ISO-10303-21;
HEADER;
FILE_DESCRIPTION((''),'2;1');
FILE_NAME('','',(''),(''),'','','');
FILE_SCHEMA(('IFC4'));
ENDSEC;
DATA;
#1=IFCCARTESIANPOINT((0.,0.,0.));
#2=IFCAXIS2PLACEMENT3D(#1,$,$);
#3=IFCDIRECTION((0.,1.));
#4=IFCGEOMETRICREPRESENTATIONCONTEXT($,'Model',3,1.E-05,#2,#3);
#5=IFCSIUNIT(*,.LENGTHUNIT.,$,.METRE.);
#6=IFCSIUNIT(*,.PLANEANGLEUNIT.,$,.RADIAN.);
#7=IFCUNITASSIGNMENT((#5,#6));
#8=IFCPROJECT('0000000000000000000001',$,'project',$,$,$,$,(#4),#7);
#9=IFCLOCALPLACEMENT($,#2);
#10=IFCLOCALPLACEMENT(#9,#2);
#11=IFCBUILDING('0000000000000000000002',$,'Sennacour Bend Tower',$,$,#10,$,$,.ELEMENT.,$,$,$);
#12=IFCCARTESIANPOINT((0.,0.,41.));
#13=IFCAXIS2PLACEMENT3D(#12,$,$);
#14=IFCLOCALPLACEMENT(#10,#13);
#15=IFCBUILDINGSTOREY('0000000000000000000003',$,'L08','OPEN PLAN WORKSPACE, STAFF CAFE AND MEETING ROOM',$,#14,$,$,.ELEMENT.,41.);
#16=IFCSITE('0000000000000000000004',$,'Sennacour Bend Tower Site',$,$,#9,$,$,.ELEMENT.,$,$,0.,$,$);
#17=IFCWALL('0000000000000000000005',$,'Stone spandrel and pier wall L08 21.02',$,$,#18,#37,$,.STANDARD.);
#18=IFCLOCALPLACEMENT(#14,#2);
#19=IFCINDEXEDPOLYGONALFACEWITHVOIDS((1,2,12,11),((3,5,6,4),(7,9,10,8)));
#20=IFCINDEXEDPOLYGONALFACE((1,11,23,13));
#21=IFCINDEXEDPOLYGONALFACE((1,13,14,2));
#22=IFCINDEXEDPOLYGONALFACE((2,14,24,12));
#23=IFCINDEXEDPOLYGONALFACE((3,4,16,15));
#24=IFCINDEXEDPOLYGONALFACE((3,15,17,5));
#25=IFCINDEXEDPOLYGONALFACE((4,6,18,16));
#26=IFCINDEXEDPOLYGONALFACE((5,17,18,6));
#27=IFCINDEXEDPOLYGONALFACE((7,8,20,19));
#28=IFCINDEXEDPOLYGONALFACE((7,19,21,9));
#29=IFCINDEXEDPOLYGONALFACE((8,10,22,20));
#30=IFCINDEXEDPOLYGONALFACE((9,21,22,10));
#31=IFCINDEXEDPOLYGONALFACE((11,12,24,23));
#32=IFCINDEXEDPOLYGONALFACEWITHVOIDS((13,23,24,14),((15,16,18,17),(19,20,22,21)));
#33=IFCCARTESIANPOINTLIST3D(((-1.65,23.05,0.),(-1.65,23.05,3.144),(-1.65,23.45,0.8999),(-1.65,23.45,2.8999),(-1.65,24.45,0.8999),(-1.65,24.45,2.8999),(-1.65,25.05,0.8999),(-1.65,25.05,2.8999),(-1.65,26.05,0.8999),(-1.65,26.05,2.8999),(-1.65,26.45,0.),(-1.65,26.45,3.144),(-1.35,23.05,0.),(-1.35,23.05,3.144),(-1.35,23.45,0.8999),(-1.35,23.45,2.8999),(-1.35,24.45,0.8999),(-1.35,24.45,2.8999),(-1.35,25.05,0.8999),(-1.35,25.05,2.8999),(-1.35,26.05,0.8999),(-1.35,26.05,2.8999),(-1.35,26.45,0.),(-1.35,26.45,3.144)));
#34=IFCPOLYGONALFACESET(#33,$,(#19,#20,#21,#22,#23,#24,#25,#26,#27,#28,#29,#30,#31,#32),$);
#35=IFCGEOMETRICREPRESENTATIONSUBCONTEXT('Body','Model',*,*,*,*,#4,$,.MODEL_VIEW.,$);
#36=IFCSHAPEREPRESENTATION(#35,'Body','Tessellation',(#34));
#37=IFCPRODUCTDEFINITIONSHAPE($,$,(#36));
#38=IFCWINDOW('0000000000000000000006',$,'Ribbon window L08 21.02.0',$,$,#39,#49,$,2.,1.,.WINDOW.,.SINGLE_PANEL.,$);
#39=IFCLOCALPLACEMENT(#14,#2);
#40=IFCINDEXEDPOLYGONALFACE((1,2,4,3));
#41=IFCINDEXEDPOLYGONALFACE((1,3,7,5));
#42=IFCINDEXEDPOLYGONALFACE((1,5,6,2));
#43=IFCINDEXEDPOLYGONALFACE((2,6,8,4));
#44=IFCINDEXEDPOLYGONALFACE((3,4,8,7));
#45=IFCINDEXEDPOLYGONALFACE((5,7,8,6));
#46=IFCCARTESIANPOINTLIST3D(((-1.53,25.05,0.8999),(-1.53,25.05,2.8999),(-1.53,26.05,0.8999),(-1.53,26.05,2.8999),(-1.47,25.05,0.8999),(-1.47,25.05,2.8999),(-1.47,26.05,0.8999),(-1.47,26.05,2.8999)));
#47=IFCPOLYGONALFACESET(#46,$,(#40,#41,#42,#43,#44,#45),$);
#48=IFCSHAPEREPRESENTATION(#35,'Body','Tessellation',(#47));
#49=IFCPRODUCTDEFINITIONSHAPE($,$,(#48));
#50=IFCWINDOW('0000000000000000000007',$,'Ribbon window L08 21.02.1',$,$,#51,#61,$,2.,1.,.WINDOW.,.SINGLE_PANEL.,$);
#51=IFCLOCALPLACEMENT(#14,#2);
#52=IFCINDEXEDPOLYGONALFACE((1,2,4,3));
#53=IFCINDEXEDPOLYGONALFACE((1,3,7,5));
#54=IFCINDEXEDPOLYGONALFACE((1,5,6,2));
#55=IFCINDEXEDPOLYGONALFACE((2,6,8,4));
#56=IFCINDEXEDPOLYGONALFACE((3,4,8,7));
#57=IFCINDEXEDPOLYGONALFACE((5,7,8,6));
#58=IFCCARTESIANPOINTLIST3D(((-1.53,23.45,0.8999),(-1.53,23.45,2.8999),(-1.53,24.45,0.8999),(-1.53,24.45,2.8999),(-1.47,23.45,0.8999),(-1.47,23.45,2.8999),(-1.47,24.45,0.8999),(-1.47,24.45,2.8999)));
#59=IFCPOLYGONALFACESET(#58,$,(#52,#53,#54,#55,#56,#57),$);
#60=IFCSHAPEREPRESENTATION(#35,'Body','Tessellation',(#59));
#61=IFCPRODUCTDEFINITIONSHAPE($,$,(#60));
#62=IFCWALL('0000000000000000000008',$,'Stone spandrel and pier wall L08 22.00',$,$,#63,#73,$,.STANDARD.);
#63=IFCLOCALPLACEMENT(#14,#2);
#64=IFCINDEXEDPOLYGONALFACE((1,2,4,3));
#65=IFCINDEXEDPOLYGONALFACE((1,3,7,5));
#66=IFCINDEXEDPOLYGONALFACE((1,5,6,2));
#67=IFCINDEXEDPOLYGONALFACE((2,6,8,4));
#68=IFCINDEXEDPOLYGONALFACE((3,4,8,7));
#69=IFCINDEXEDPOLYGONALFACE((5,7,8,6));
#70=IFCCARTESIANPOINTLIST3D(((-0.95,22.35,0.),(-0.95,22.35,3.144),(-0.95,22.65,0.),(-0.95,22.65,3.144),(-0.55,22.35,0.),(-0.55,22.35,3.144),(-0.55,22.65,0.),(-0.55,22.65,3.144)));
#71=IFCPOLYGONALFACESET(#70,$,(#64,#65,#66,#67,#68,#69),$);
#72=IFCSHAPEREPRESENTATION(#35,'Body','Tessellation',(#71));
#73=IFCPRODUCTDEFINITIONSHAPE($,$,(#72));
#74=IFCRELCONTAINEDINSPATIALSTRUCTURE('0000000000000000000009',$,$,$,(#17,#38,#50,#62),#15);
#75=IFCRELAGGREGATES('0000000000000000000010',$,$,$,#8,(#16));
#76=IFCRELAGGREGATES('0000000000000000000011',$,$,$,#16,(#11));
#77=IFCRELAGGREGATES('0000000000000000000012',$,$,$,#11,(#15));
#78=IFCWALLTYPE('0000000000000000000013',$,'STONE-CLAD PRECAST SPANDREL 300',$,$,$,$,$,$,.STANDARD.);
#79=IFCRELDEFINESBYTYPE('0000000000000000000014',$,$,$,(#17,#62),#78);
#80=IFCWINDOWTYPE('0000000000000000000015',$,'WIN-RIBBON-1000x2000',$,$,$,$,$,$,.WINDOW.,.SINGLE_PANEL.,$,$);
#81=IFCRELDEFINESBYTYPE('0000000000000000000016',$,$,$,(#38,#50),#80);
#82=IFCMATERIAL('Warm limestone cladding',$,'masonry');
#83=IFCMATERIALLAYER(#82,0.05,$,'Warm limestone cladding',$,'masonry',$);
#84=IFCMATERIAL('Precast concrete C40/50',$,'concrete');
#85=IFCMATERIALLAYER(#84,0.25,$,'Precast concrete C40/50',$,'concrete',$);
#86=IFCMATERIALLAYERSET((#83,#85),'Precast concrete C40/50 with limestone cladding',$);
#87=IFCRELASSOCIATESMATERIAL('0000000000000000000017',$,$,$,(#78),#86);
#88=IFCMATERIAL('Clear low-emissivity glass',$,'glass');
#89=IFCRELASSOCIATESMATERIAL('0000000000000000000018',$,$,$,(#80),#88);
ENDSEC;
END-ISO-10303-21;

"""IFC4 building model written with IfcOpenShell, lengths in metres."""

from ifc_helpers import new_model, si_unit, direction, frame, frame_2d, origin, place, context, subcontext, project, spatial, rectangle, extrude, material, layer, layer_set, type_object, element, fill, save


model = new_model("IFC4")

# Units and contexts
model_context = context("Model", 3, precision=1e-05, world=origin(), true_north=direction((0.0, 1.0)))
body_context = subcontext(model_context, "Body", "Model", "MODEL_VIEW")
ifc_project = project(units=[si_unit("LENGTHUNIT", "METRE"), si_unit("PLANEANGLEUNIT", "RADIAN")], contexts=[model_context])

# Site, building, storey
site_placement = place(None, origin())
site = spatial("IfcSite", under=ifc_project, at=site_placement, Name="Sennacour Bend Tower Site", CompositionType="ELEMENT", RefElevation=0.0)
building_placement = place(site_placement, origin())
building = spatial("IfcBuilding", under=site, at=building_placement, Name="Sennacour Bend Tower", CompositionType="ELEMENT")
storey_placement = place(building_placement, frame((0.0, 0.0, 41.0)))
storey = spatial("IfcBuildingStorey", under=building, at=storey_placement, Name="L08", Description="OPEN PLAN WORKSPACE, STAFF CAFE AND MEETING ROOM", CompositionType="ELEMENT", Elevation=41.0)

# Wall, openings, windows
ifc_material_1 = material(Name="Warm limestone cladding", Category="masonry")
ifc_layer_1 = layer(ifc_material_1, 0.05, Name="Warm limestone cladding", Category="masonry")
ifc_material_2 = material(Name="Precast concrete C40/50", Category="concrete")
ifc_layer_2 = layer(ifc_material_2, 0.25, Name="Precast concrete C40/50", Category="concrete")
ifc_layer_set_1 = layer_set([ifc_layer_1, ifc_layer_2], Name="Precast concrete C40/50 with limestone cladding")
wall_type_1 = type_object("IfcWallType", Name="STONE-CLAD PRECAST SPANDREL 300", PredefinedType="STANDARD", material=ifc_layer_set_1)
wall_1_placement = place(storey_placement, frame((-1.5, 26.45, 0.0), z_axis=(0.0, 0.0, 1.0), x_axis=(0.0, -1.0, 0.0)))
wall_1 = element("IfcWall", 1, at=wall_1_placement, inside=storey, type_object=wall_type_1, Name="Stone spandrel and pier wall L08 21.02", PredefinedType="STANDARD", context=body_context, shape_type="SweptSolid", body=[
    extrude(rectangle(XDim=3.3999, YDim=0.3, at=frame_2d((1.7, 0.0))), origin(), (0.0, 0.0, 1.0), 3.144),
])
opening_1_placement = place(wall_1_placement, frame((0.3999, 0.0, 0.8999)))
opening_1 = element("IfcOpeningElement", 2, at=opening_1_placement, cuts=wall_1, PredefinedType="OPENING", context=body_context, shape_type="SweptSolid", body=[
    extrude(rectangle(XDim=1.0, YDim=2.0, at=frame_2d((0.5, 1.0))), frame((0.0, 0.1602, 0.0), z_axis=(0.0, -1.0, 0.0), x_axis=(1.0, 0.0, 0.0)), (0.0, 0.0, 1.0), 0.3201),
])
opening_2_placement = place(wall_1_placement, frame((2.0, 0.0, 0.8999)))
opening_2 = element("IfcOpeningElement", 3, at=opening_2_placement, cuts=wall_1, PredefinedType="OPENING", context=body_context, shape_type="SweptSolid", body=[
    extrude(rectangle(XDim=1.0, YDim=2.0, at=frame_2d((0.5, 1.0))), frame((0.0, 0.1602, 0.0), z_axis=(0.0, -1.0, 0.0), x_axis=(1.0, 0.0, 0.0)), (0.0, 0.0, 1.0), 0.3201),
])
ifc_material_3 = material(Name="Clear low-emissivity glass", Category="glass")
window_type = type_object("IfcWindowType", Name="WIN-RIBBON-1000x2000", PartitioningType="SINGLE_PANEL", PredefinedType="WINDOW", material=ifc_material_3)
window_1_placement = place(opening_1_placement, origin())
window_1 = element("IfcWindow", 4, at=window_1_placement, inside=storey, type_object=window_type, Name="Ribbon window L08 21.02.0", OverallHeight=2.0, OverallWidth=1.0, PartitioningType="SINGLE_PANEL", PredefinedType="WINDOW", context=body_context, shape_type="SweptSolid", body=[
    extrude(rectangle(XDim=1.0, YDim=2.0, at=frame_2d((0.5, 1.0))), frame((0.0, 0.03, 0.0), z_axis=(0.0, -1.0, 0.0), x_axis=(1.0, 0.0, 0.0)), (0.0, 0.0, 1.0), 0.0601),
])
fill(opening_1, window_1)
window_2_placement = place(opening_2_placement, origin())
window_2 = element("IfcWindow", 5, at=window_2_placement, inside=storey, type_object=window_type, Name="Ribbon window L08 21.02.1", OverallHeight=2.0, OverallWidth=1.0, PartitioningType="SINGLE_PANEL", PredefinedType="WINDOW", context=body_context, shape_type="SweptSolid", body=[
    extrude(rectangle(XDim=1.0, YDim=2.0, at=frame_2d((0.5, 1.0))), frame((0.0, 0.03, 0.0), z_axis=(0.0, -1.0, 0.0), x_axis=(1.0, 0.0, 0.0)), (0.0, 0.0, 1.0), 0.0601),
])
fill(opening_2, window_2)

# Wall
wall_2_placement = place(storey_placement, frame((-0.95, 22.5, 0.0), z_axis=(0.0, 0.0, 1.0), x_axis=(1.0, 0.0, 0.0)))
element("IfcWall", 6, at=wall_2_placement, inside=storey, type_object=wall_type_1, Name="Stone spandrel and pier wall L08 22.00", PredefinedType="STANDARD", context=body_context, shape_type="SweptSolid", body=[
    extrude(rectangle(XDim=0.3999, YDim=0.3, at=frame_2d((0.2, 0.0))), origin(), (0.0, 0.0, 1.0), 3.144),
])

save(model, "model.ifc")
